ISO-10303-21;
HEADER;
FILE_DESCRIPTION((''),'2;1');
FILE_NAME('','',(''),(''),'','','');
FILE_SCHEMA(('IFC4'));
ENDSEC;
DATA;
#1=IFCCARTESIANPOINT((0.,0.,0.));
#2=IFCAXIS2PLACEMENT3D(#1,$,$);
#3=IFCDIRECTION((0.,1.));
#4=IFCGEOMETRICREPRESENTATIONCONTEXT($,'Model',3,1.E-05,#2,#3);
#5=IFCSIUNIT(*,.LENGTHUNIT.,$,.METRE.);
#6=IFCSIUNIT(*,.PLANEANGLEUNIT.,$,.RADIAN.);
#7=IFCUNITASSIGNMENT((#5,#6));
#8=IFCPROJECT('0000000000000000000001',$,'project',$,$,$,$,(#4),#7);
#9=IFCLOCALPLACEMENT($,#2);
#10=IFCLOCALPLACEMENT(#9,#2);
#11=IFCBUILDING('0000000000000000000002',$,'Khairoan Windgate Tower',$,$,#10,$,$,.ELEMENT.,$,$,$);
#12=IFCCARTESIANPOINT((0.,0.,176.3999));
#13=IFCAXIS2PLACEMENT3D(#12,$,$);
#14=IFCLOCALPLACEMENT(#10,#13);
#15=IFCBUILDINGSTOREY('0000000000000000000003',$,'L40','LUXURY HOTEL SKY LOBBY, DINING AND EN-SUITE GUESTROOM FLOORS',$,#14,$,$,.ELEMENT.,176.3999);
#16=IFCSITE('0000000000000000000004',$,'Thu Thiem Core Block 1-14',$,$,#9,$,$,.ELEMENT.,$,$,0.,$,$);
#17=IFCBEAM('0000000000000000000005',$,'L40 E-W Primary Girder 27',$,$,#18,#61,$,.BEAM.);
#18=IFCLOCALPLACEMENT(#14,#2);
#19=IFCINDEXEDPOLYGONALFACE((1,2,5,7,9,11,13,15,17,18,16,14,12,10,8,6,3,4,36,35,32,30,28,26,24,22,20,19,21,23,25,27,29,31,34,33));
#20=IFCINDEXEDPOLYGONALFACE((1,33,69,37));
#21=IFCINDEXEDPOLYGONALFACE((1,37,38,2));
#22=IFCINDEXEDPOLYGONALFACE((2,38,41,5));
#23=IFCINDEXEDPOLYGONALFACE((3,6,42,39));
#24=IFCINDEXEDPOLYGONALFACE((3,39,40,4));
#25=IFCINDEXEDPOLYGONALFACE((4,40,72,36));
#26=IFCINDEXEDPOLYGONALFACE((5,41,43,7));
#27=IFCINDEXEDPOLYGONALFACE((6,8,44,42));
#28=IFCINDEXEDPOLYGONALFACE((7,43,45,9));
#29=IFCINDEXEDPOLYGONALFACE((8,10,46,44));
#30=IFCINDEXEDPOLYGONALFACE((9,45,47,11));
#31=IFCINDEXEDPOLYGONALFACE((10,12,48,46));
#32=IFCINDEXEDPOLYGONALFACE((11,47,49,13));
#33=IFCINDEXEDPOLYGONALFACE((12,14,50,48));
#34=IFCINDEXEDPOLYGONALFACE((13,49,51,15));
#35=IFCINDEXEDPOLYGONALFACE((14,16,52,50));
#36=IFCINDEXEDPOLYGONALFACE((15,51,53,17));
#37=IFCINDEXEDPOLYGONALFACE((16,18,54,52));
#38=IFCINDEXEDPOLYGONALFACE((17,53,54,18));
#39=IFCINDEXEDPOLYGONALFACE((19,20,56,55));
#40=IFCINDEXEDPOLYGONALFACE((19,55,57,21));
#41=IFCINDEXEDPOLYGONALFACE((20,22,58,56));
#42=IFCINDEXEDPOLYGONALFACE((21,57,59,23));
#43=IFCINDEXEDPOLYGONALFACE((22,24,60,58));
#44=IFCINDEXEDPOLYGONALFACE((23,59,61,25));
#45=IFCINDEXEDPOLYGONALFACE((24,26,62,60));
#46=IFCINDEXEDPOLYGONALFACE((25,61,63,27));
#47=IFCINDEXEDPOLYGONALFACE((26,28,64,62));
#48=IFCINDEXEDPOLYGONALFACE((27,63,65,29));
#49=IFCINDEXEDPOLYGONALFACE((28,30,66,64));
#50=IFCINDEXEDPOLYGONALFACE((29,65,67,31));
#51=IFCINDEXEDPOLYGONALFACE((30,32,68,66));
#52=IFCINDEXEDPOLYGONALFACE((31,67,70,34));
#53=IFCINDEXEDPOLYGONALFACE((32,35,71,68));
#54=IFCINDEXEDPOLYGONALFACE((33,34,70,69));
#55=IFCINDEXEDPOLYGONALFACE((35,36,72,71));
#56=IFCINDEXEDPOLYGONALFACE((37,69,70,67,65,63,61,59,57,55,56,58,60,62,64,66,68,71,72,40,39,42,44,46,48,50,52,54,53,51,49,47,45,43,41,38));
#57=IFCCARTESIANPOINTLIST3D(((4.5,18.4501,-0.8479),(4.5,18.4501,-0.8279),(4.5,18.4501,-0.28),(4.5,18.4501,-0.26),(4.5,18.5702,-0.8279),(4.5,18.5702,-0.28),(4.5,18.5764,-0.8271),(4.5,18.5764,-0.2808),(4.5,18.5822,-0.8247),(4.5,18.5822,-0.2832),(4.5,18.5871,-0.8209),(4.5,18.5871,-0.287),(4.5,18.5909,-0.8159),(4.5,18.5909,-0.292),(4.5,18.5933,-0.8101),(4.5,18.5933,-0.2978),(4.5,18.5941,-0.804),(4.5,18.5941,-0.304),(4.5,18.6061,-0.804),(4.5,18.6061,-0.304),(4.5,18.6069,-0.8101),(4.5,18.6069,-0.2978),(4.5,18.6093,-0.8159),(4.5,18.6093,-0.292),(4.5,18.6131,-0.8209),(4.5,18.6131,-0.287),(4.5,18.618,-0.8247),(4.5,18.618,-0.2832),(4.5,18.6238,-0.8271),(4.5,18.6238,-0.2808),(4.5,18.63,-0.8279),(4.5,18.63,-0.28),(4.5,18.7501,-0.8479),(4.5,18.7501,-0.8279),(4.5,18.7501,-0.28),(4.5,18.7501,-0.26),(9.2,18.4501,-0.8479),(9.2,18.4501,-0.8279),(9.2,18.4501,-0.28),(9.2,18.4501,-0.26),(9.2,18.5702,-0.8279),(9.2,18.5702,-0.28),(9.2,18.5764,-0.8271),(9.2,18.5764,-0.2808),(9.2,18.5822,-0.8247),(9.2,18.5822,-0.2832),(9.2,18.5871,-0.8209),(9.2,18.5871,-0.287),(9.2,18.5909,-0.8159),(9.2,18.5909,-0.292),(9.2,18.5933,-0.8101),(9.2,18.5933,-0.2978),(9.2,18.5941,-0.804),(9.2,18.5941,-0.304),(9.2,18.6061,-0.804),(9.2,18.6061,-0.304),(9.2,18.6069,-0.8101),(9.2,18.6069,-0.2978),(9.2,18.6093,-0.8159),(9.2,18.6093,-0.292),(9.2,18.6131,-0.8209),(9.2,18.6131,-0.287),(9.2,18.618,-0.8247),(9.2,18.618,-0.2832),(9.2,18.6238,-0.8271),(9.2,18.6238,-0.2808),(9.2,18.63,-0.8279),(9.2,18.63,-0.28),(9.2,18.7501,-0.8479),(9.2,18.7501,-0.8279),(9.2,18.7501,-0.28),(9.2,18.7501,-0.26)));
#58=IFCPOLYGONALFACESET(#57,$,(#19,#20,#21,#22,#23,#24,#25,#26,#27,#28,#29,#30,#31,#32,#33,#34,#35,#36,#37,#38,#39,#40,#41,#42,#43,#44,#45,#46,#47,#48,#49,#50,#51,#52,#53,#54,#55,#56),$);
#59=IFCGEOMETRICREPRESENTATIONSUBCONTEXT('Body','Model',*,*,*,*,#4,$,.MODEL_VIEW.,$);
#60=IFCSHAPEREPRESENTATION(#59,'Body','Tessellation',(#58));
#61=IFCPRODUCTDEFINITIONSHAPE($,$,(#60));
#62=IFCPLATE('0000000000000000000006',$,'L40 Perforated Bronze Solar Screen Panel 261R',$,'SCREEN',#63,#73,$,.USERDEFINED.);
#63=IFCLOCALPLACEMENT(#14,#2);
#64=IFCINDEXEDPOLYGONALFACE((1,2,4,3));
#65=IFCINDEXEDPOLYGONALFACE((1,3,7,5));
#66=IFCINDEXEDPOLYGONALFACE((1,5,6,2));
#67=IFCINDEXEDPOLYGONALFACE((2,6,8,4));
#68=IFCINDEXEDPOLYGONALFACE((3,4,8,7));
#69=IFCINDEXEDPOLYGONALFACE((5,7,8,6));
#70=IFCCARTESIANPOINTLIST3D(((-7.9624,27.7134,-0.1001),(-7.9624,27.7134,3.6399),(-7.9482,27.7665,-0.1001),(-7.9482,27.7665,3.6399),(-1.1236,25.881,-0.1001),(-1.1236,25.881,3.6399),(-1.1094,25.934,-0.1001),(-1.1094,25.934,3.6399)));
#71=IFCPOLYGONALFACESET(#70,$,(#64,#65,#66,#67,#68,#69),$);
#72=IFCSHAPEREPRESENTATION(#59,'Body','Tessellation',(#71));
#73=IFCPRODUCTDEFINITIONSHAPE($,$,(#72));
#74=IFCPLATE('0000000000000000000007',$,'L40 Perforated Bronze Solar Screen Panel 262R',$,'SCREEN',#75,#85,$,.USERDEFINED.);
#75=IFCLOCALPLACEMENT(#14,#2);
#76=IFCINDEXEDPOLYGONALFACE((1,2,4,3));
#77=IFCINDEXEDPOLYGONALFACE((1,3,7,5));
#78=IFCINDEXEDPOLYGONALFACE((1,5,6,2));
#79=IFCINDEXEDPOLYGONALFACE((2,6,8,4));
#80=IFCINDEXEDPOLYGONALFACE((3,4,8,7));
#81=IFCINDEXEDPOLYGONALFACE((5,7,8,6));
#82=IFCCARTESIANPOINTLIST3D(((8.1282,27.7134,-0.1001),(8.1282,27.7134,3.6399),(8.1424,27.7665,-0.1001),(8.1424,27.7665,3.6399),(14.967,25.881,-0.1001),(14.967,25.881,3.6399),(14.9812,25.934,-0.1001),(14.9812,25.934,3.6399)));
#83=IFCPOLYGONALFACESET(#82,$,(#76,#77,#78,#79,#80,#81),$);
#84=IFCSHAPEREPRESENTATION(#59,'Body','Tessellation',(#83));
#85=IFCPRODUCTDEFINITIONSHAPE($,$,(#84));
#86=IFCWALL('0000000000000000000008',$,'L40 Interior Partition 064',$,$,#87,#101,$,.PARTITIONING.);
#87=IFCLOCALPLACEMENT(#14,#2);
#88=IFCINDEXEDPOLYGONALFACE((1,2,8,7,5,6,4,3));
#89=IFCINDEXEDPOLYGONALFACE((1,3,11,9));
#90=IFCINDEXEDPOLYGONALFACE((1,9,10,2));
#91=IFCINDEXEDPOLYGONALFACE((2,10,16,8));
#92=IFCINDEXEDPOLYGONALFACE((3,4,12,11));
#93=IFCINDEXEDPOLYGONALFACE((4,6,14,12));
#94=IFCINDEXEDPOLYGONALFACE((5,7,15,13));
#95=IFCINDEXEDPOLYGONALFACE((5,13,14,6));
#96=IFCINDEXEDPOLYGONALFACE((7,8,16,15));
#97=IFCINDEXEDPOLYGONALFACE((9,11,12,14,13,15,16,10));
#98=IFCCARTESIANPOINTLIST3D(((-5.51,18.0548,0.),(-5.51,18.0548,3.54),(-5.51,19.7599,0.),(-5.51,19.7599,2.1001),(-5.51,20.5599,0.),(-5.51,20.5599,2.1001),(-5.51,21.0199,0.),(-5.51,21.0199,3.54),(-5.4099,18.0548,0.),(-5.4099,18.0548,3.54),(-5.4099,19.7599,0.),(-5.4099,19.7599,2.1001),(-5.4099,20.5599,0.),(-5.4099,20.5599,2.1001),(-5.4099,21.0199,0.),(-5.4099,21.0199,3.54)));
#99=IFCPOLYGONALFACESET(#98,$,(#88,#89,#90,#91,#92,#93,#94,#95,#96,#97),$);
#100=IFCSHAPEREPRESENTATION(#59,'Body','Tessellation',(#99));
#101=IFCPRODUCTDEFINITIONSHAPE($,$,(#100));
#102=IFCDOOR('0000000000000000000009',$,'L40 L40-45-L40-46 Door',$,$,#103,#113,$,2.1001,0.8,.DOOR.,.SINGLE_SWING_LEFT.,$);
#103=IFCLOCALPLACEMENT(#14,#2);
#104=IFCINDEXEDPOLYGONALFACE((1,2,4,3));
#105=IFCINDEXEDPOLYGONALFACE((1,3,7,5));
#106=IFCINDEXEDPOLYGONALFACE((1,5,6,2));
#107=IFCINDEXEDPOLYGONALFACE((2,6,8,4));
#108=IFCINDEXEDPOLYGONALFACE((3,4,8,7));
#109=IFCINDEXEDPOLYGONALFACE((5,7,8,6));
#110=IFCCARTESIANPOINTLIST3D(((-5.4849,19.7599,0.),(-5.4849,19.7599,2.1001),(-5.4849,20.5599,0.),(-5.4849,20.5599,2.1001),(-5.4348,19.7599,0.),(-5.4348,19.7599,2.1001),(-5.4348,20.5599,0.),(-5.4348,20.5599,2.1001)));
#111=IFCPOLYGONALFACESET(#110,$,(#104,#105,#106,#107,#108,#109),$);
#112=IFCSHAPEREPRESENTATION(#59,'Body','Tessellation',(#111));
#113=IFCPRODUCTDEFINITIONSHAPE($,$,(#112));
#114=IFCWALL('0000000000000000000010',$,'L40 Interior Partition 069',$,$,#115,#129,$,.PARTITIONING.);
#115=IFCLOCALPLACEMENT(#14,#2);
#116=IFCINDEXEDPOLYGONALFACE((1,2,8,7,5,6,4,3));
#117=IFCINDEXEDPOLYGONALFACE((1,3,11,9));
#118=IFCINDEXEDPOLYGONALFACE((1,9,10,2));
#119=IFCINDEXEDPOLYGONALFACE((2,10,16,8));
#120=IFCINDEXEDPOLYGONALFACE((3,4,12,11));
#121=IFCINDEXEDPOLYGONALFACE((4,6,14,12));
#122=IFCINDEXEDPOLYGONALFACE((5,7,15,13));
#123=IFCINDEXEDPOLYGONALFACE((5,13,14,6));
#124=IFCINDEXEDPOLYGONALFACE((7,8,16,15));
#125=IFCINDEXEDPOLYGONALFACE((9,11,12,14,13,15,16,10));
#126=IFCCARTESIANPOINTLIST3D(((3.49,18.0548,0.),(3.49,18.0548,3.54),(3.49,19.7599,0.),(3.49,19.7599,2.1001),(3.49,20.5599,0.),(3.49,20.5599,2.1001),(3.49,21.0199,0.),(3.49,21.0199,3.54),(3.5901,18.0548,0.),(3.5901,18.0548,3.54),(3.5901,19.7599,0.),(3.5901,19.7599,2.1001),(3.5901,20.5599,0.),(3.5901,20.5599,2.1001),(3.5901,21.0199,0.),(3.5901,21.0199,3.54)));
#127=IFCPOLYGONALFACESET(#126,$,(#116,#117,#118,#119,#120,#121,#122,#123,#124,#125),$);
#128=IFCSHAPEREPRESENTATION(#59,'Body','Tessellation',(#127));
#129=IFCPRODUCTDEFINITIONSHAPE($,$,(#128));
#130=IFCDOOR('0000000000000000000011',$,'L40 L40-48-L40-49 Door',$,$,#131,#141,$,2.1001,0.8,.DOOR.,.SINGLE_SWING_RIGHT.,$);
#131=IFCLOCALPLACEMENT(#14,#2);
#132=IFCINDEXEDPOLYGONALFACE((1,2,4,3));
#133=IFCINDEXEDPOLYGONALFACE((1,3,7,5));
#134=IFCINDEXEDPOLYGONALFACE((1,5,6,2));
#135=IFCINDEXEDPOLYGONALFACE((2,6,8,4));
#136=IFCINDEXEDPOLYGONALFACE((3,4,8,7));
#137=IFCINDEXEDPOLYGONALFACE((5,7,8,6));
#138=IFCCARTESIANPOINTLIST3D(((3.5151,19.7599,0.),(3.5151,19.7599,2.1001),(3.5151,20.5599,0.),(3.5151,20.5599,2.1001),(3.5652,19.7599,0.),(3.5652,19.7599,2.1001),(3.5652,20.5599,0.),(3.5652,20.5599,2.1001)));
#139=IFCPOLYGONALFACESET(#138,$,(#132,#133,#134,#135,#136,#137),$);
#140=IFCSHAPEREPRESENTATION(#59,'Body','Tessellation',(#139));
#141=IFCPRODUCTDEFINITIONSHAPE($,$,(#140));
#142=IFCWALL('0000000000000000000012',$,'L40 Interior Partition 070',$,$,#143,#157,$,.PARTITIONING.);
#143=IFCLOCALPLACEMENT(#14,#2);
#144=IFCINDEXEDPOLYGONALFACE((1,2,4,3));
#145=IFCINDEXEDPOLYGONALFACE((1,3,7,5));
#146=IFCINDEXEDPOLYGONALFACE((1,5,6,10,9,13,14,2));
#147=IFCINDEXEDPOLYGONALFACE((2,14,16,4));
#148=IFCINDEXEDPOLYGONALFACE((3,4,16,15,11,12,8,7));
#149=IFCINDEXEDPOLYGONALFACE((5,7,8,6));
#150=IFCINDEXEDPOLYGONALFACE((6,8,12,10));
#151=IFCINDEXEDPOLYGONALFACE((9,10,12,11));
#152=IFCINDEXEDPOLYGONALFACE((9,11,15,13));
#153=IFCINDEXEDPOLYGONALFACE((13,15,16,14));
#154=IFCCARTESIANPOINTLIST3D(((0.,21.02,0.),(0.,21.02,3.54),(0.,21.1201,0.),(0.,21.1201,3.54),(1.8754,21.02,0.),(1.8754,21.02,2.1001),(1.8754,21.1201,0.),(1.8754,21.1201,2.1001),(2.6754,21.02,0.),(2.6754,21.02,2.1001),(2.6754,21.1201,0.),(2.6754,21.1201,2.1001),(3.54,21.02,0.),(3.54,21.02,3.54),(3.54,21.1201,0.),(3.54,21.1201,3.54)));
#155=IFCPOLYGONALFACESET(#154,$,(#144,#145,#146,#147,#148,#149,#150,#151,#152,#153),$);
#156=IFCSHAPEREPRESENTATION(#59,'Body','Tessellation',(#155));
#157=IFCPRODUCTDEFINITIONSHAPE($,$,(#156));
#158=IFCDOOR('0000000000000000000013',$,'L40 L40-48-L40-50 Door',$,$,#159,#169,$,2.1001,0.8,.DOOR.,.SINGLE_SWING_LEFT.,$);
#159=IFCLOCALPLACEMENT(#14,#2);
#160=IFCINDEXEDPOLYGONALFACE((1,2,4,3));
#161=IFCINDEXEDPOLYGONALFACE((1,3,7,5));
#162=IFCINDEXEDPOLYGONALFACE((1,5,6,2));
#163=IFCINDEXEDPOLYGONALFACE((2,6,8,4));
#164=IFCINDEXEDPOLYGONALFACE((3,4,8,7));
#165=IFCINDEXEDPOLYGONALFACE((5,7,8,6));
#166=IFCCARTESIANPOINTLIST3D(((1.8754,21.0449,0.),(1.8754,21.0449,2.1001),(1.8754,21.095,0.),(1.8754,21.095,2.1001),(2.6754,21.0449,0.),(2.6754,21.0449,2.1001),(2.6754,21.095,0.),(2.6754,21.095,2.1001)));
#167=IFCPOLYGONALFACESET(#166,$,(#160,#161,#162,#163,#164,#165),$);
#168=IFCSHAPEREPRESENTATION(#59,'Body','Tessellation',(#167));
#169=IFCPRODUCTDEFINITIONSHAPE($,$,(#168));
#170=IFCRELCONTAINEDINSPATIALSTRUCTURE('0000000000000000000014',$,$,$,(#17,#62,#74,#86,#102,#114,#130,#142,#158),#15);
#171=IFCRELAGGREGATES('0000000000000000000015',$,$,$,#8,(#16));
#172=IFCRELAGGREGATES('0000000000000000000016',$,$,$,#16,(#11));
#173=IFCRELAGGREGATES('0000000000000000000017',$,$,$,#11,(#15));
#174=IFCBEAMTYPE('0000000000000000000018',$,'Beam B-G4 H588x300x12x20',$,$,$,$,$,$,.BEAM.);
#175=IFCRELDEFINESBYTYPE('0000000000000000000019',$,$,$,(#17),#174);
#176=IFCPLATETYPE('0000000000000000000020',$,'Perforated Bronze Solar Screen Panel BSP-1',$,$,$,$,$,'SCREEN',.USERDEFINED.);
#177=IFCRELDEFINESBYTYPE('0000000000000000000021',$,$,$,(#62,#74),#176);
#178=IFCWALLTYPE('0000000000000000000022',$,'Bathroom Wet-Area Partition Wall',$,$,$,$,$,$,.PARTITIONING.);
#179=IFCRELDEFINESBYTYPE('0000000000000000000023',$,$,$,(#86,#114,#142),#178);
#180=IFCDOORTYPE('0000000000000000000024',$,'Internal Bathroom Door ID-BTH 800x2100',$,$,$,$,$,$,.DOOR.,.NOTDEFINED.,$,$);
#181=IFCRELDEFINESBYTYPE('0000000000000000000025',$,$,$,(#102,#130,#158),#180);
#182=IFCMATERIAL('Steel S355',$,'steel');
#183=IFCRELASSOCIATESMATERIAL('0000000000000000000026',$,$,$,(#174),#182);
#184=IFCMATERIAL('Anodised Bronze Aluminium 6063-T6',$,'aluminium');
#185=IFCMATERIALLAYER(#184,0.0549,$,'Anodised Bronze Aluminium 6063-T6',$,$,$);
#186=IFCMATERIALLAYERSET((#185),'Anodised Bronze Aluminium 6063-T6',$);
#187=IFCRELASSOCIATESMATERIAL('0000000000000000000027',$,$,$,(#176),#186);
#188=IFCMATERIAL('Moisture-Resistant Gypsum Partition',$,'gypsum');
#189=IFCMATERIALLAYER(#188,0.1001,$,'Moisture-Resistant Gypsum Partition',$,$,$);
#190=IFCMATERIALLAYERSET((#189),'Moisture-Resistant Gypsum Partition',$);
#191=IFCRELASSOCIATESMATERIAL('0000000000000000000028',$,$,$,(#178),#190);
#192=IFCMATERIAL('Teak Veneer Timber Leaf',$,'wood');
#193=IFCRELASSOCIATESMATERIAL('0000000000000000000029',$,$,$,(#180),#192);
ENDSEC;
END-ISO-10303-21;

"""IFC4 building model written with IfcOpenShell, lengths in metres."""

from ifc_helpers import new_model, si_unit, direction, frame, frame_2d, origin, origin_2d, place, context, subcontext, project, spatial, rectangle, i_section, extrude, material, layer, layer_set, material_profile, profile_set, type_object, element, fill, save


model = new_model("IFC4")

# Units and contexts
model_context = context("Model", 3, precision=1e-05, world=origin(), true_north=direction((0.0, 1.0)))
body_context = subcontext(model_context, "Body", "Model", "MODEL_VIEW")
ifc_project = project(units=[si_unit("LENGTHUNIT", "METRE"), si_unit("PLANEANGLEUNIT", "RADIAN")], contexts=[model_context])

# Site, building, storey
site_placement = place(None, origin())
site = spatial("IfcSite", under=ifc_project, at=site_placement, Name="Thu Thiem Core Block 1-14", CompositionType="ELEMENT", RefElevation=0.0)
building_placement = place(site_placement, origin())
building = spatial("IfcBuilding", under=site, at=building_placement, Name="Khairoan Windgate Tower", CompositionType="ELEMENT")
storey_placement = place(building_placement, frame((0.0, 0.0, 176.3999)))
storey = spatial("IfcBuildingStorey", under=building, at=storey_placement, Name="L40", Description="LUXURY HOTEL SKY LOBBY, DINING AND EN-SUITE GUESTROOM FLOORS", CompositionType="ELEMENT", Elevation=176.3999)

# Beam
ifc_material_1 = material(Name="Steel S355", Category="steel")
ifc_material_profile_1 = material_profile(ifc_material_1, i_section(OverallWidth=0.3, OverallDepth=0.5879, WebThickness=0.012, FlangeThickness=0.02, FilletRadius=0.0239, at=origin_2d()))
ifc_profile_set_1 = profile_set([ifc_material_profile_1], Name="Steel S355")
beam_type = type_object("IfcBeamType", Name="Beam B-G4 H588x300x12x20", PredefinedType="BEAM", material=ifc_profile_set_1)
beam_placement = place(storey_placement, frame((4.5, 18.6001, -0.554), z_axis=(1.0, 0.0, 0.0), x_axis=(0.0, 1.0, 0.0)))
element("IfcBeam", 1, at=beam_placement, inside=storey, type_object=beam_type, Name="L40 E-W Primary Girder 27", PredefinedType="BEAM", context=body_context, shape_type="SweptSolid", body=[
    extrude(i_section(OverallWidth=0.3, OverallDepth=0.5879, WebThickness=0.012, FlangeThickness=0.02, FilletRadius=0.0239, at=origin_2d()), origin(), (0.0, 0.0, 1.0), 4.7),
])

# Plates
ifc_material_2 = material(Name="Anodised Bronze Aluminium 6063-T6", Category="aluminium")
ifc_layer_1 = layer(ifc_material_2, 0.0549, Name="Anodised Bronze Aluminium 6063-T6")
ifc_layer_set_1 = layer_set([ifc_layer_1], Name="Anodised Bronze Aluminium 6063-T6")
plate_type = type_object("IfcPlateType", Name="Perforated Bronze Solar Screen Panel BSP-1", ElementType="SCREEN", PredefinedType="USERDEFINED", material=ifc_layer_set_1)
for number, where, z_axis, x_axis, name in (
    (2, (-4.5359, 26.8237, -0.1001), (0.0, 0.0, 1.0), (0.965926, -0.258819, 0.0), "L40 Perforated Bronze Solar Screen Panel 261R"),
    (3, (11.5547, 26.8237, -0.1001), (0.0, 0.0, 1.0), (0.965926, -0.258819, 0.0), "L40 Perforated Bronze Solar Screen Panel 262R"),
):
    element("IfcPlate", number, at=place(storey_placement, frame(where, z_axis=z_axis, x_axis=x_axis)), inside=storey, type_object=plate_type, Name=name, ObjectType="SCREEN", PredefinedType="USERDEFINED", context=body_context, shape_type="SweptSolid", body=[
        extrude(rectangle(XDim=7.0801, YDim=0.0549, at=origin_2d()), origin(), (0.0, 0.0, 1.0), 3.74),
    ])

# Walls, openings, doors
ifc_material_3 = material(Name="Moisture-Resistant Gypsum Partition", Category="gypsum")
ifc_layer_2 = layer(ifc_material_3, 0.1001, Name="Moisture-Resistant Gypsum Partition")
ifc_layer_set_2 = layer_set([ifc_layer_2], Name="Moisture-Resistant Gypsum Partition")
wall_type_1 = type_object("IfcWallType", Name="Bathroom Wet-Area Partition Wall", PredefinedType="PARTITIONING", material=ifc_layer_set_2)
wall_1_placement = place(storey_placement, frame((-5.46, 18.0549, 0.0), z_axis=(0.0, 0.0, 1.0), x_axis=(0.0, 1.0, 0.0)))
wall_1 = element("IfcWall", 4, at=wall_1_placement, inside=storey, type_object=wall_type_1, Name="L40 Interior Partition 064", PredefinedType="PARTITIONING", context=body_context, shape_type="SweptSolid", body=[
    extrude(rectangle(XDim=2.9651, YDim=0.1001, at=frame_2d((1.4824, 0.0))), origin(), (0.0, 0.0, 1.0), 3.54),
])
opening_1_placement = place(wall_1_placement, frame((1.7051, 0.0, 0.0)))
opening_1 = element("IfcOpeningElement", 5, at=opening_1_placement, cuts=wall_1, PredefinedType="OPENING", context=body_context, shape_type="SweptSolid", body=[
    extrude(rectangle(XDim=0.8, YDim=2.1001, at=frame_2d((0.3999, 1.05))), frame((0.0, 0.0601, 0.0), z_axis=(0.0, -1.0, 0.0), x_axis=(1.0, 0.0, 0.0)), (0.0, 0.0, 1.0), 0.1201),
])
ifc_material_4 = material(Name="Teak Veneer Timber Leaf", Category="wood")
door_type_1 = type_object("IfcDoorType", Name="Internal Bathroom Door ID-BTH 800x2100", OperationType="NOTDEFINED", PredefinedType="DOOR", material=ifc_material_4)
door_1_placement = place(opening_1_placement, origin())
door_1 = element("IfcDoor", 6, at=door_1_placement, inside=storey, type_object=door_type_1, Name="L40 L40-45-L40-46 Door", OperationType="SINGLE_SWING_LEFT", OverallHeight=2.1001, OverallWidth=0.8, PredefinedType="DOOR", context=body_context, shape_type="SweptSolid", body=[
    extrude(rectangle(XDim=0.8, YDim=2.1001, at=frame_2d((0.3999, 1.05))), frame((0.0, 0.0249, 0.0), z_axis=(0.0, -1.0, 0.0), x_axis=(1.0, 0.0, 0.0)), (0.0, 0.0, 1.0), 0.05),
])
fill(opening_1, door_1)
wall_2_placement = place(storey_placement, frame((3.54, 18.0549, 0.0), z_axis=(0.0, 0.0, 1.0), x_axis=(0.0, 1.0, 0.0)))
wall_2 = element("IfcWall", 7, at=wall_2_placement, inside=storey, type_object=wall_type_1, Name="L40 Interior Partition 069", PredefinedType="PARTITIONING", context=body_context, shape_type="SweptSolid", body=[
    extrude(rectangle(XDim=2.9651, YDim=0.1001, at=frame_2d((1.4824, 0.0))), origin(), (0.0, 0.0, 1.0), 3.54),
])
opening_2_placement = place(wall_2_placement, frame((1.7051, 0.0, 0.0)))
opening_2 = element("IfcOpeningElement", 8, at=opening_2_placement, cuts=wall_2, PredefinedType="OPENING", context=body_context, shape_type="SweptSolid", body=[
    extrude(rectangle(XDim=0.8, YDim=2.1001, at=frame_2d((0.3999, 1.05))), frame((0.0, 0.0601, 0.0), z_axis=(0.0, -1.0, 0.0), x_axis=(1.0, 0.0, 0.0)), (0.0, 0.0, 1.0), 0.1201),
])
door_2_placement = place(opening_2_placement, origin())
door_2 = element("IfcDoor", 9, at=door_2_placement, inside=storey, type_object=door_type_1, Name="L40 L40-48-L40-49 Door", OperationType="SINGLE_SWING_RIGHT", OverallHeight=2.1001, OverallWidth=0.8, PredefinedType="DOOR", context=body_context, shape_type="SweptSolid", body=[
    extrude(rectangle(XDim=0.8, YDim=2.1001, at=frame_2d((0.3999, 1.05))), frame((0.0, 0.0249, 0.0), z_axis=(0.0, -1.0, 0.0), x_axis=(1.0, 0.0, 0.0)), (0.0, 0.0, 1.0), 0.05),
])
fill(opening_2, door_2)
wall_3_placement = place(storey_placement, frame((0.0, 21.0701, 0.0), z_axis=(0.0, 0.0, 1.0), x_axis=(1.0, 0.0, 0.0)))
wall_3 = element("IfcWall", 10, at=wall_3_placement, inside=storey, type_object=wall_type_1, Name="L40 Interior Partition 070", PredefinedType="PARTITIONING", context=body_context, shape_type="SweptSolid", body=[
    extrude(rectangle(XDim=3.54, YDim=0.1001, at=frame_2d((1.77, 0.0))), origin(), (0.0, 0.0, 1.0), 3.54),
])
opening_3_placement = place(wall_3_placement, frame((1.8755, 0.0, 0.0)))
opening_3 = element("IfcOpeningElement", 11, at=opening_3_placement, cuts=wall_3, PredefinedType="OPENING", context=body_context, shape_type="SweptSolid", body=[
    extrude(rectangle(XDim=0.8, YDim=2.1001, at=frame_2d((0.3999, 1.05))), frame((0.0, 0.0601, 0.0), z_axis=(0.0, -1.0, 0.0), x_axis=(1.0, 0.0, 0.0)), (0.0, 0.0, 1.0), 0.1201),
])
door_3_placement = place(opening_3_placement, origin())
door_3 = element("IfcDoor", 12, at=door_3_placement, inside=storey, type_object=door_type_1, Name="L40 L40-48-L40-50 Door", OperationType="SINGLE_SWING_LEFT", OverallHeight=2.1001, OverallWidth=0.8, PredefinedType="DOOR", context=body_context, shape_type="SweptSolid", body=[
    extrude(rectangle(XDim=0.8, YDim=2.1001, at=frame_2d((0.3999, 1.05))), frame((0.0, 0.0249, 0.0), z_axis=(0.0, -1.0, 0.0), x_axis=(1.0, 0.0, 0.0)), (0.0, 0.0, 1.0), 0.05),
])
fill(opening_3, door_3)

save(model, "model.ifc")
